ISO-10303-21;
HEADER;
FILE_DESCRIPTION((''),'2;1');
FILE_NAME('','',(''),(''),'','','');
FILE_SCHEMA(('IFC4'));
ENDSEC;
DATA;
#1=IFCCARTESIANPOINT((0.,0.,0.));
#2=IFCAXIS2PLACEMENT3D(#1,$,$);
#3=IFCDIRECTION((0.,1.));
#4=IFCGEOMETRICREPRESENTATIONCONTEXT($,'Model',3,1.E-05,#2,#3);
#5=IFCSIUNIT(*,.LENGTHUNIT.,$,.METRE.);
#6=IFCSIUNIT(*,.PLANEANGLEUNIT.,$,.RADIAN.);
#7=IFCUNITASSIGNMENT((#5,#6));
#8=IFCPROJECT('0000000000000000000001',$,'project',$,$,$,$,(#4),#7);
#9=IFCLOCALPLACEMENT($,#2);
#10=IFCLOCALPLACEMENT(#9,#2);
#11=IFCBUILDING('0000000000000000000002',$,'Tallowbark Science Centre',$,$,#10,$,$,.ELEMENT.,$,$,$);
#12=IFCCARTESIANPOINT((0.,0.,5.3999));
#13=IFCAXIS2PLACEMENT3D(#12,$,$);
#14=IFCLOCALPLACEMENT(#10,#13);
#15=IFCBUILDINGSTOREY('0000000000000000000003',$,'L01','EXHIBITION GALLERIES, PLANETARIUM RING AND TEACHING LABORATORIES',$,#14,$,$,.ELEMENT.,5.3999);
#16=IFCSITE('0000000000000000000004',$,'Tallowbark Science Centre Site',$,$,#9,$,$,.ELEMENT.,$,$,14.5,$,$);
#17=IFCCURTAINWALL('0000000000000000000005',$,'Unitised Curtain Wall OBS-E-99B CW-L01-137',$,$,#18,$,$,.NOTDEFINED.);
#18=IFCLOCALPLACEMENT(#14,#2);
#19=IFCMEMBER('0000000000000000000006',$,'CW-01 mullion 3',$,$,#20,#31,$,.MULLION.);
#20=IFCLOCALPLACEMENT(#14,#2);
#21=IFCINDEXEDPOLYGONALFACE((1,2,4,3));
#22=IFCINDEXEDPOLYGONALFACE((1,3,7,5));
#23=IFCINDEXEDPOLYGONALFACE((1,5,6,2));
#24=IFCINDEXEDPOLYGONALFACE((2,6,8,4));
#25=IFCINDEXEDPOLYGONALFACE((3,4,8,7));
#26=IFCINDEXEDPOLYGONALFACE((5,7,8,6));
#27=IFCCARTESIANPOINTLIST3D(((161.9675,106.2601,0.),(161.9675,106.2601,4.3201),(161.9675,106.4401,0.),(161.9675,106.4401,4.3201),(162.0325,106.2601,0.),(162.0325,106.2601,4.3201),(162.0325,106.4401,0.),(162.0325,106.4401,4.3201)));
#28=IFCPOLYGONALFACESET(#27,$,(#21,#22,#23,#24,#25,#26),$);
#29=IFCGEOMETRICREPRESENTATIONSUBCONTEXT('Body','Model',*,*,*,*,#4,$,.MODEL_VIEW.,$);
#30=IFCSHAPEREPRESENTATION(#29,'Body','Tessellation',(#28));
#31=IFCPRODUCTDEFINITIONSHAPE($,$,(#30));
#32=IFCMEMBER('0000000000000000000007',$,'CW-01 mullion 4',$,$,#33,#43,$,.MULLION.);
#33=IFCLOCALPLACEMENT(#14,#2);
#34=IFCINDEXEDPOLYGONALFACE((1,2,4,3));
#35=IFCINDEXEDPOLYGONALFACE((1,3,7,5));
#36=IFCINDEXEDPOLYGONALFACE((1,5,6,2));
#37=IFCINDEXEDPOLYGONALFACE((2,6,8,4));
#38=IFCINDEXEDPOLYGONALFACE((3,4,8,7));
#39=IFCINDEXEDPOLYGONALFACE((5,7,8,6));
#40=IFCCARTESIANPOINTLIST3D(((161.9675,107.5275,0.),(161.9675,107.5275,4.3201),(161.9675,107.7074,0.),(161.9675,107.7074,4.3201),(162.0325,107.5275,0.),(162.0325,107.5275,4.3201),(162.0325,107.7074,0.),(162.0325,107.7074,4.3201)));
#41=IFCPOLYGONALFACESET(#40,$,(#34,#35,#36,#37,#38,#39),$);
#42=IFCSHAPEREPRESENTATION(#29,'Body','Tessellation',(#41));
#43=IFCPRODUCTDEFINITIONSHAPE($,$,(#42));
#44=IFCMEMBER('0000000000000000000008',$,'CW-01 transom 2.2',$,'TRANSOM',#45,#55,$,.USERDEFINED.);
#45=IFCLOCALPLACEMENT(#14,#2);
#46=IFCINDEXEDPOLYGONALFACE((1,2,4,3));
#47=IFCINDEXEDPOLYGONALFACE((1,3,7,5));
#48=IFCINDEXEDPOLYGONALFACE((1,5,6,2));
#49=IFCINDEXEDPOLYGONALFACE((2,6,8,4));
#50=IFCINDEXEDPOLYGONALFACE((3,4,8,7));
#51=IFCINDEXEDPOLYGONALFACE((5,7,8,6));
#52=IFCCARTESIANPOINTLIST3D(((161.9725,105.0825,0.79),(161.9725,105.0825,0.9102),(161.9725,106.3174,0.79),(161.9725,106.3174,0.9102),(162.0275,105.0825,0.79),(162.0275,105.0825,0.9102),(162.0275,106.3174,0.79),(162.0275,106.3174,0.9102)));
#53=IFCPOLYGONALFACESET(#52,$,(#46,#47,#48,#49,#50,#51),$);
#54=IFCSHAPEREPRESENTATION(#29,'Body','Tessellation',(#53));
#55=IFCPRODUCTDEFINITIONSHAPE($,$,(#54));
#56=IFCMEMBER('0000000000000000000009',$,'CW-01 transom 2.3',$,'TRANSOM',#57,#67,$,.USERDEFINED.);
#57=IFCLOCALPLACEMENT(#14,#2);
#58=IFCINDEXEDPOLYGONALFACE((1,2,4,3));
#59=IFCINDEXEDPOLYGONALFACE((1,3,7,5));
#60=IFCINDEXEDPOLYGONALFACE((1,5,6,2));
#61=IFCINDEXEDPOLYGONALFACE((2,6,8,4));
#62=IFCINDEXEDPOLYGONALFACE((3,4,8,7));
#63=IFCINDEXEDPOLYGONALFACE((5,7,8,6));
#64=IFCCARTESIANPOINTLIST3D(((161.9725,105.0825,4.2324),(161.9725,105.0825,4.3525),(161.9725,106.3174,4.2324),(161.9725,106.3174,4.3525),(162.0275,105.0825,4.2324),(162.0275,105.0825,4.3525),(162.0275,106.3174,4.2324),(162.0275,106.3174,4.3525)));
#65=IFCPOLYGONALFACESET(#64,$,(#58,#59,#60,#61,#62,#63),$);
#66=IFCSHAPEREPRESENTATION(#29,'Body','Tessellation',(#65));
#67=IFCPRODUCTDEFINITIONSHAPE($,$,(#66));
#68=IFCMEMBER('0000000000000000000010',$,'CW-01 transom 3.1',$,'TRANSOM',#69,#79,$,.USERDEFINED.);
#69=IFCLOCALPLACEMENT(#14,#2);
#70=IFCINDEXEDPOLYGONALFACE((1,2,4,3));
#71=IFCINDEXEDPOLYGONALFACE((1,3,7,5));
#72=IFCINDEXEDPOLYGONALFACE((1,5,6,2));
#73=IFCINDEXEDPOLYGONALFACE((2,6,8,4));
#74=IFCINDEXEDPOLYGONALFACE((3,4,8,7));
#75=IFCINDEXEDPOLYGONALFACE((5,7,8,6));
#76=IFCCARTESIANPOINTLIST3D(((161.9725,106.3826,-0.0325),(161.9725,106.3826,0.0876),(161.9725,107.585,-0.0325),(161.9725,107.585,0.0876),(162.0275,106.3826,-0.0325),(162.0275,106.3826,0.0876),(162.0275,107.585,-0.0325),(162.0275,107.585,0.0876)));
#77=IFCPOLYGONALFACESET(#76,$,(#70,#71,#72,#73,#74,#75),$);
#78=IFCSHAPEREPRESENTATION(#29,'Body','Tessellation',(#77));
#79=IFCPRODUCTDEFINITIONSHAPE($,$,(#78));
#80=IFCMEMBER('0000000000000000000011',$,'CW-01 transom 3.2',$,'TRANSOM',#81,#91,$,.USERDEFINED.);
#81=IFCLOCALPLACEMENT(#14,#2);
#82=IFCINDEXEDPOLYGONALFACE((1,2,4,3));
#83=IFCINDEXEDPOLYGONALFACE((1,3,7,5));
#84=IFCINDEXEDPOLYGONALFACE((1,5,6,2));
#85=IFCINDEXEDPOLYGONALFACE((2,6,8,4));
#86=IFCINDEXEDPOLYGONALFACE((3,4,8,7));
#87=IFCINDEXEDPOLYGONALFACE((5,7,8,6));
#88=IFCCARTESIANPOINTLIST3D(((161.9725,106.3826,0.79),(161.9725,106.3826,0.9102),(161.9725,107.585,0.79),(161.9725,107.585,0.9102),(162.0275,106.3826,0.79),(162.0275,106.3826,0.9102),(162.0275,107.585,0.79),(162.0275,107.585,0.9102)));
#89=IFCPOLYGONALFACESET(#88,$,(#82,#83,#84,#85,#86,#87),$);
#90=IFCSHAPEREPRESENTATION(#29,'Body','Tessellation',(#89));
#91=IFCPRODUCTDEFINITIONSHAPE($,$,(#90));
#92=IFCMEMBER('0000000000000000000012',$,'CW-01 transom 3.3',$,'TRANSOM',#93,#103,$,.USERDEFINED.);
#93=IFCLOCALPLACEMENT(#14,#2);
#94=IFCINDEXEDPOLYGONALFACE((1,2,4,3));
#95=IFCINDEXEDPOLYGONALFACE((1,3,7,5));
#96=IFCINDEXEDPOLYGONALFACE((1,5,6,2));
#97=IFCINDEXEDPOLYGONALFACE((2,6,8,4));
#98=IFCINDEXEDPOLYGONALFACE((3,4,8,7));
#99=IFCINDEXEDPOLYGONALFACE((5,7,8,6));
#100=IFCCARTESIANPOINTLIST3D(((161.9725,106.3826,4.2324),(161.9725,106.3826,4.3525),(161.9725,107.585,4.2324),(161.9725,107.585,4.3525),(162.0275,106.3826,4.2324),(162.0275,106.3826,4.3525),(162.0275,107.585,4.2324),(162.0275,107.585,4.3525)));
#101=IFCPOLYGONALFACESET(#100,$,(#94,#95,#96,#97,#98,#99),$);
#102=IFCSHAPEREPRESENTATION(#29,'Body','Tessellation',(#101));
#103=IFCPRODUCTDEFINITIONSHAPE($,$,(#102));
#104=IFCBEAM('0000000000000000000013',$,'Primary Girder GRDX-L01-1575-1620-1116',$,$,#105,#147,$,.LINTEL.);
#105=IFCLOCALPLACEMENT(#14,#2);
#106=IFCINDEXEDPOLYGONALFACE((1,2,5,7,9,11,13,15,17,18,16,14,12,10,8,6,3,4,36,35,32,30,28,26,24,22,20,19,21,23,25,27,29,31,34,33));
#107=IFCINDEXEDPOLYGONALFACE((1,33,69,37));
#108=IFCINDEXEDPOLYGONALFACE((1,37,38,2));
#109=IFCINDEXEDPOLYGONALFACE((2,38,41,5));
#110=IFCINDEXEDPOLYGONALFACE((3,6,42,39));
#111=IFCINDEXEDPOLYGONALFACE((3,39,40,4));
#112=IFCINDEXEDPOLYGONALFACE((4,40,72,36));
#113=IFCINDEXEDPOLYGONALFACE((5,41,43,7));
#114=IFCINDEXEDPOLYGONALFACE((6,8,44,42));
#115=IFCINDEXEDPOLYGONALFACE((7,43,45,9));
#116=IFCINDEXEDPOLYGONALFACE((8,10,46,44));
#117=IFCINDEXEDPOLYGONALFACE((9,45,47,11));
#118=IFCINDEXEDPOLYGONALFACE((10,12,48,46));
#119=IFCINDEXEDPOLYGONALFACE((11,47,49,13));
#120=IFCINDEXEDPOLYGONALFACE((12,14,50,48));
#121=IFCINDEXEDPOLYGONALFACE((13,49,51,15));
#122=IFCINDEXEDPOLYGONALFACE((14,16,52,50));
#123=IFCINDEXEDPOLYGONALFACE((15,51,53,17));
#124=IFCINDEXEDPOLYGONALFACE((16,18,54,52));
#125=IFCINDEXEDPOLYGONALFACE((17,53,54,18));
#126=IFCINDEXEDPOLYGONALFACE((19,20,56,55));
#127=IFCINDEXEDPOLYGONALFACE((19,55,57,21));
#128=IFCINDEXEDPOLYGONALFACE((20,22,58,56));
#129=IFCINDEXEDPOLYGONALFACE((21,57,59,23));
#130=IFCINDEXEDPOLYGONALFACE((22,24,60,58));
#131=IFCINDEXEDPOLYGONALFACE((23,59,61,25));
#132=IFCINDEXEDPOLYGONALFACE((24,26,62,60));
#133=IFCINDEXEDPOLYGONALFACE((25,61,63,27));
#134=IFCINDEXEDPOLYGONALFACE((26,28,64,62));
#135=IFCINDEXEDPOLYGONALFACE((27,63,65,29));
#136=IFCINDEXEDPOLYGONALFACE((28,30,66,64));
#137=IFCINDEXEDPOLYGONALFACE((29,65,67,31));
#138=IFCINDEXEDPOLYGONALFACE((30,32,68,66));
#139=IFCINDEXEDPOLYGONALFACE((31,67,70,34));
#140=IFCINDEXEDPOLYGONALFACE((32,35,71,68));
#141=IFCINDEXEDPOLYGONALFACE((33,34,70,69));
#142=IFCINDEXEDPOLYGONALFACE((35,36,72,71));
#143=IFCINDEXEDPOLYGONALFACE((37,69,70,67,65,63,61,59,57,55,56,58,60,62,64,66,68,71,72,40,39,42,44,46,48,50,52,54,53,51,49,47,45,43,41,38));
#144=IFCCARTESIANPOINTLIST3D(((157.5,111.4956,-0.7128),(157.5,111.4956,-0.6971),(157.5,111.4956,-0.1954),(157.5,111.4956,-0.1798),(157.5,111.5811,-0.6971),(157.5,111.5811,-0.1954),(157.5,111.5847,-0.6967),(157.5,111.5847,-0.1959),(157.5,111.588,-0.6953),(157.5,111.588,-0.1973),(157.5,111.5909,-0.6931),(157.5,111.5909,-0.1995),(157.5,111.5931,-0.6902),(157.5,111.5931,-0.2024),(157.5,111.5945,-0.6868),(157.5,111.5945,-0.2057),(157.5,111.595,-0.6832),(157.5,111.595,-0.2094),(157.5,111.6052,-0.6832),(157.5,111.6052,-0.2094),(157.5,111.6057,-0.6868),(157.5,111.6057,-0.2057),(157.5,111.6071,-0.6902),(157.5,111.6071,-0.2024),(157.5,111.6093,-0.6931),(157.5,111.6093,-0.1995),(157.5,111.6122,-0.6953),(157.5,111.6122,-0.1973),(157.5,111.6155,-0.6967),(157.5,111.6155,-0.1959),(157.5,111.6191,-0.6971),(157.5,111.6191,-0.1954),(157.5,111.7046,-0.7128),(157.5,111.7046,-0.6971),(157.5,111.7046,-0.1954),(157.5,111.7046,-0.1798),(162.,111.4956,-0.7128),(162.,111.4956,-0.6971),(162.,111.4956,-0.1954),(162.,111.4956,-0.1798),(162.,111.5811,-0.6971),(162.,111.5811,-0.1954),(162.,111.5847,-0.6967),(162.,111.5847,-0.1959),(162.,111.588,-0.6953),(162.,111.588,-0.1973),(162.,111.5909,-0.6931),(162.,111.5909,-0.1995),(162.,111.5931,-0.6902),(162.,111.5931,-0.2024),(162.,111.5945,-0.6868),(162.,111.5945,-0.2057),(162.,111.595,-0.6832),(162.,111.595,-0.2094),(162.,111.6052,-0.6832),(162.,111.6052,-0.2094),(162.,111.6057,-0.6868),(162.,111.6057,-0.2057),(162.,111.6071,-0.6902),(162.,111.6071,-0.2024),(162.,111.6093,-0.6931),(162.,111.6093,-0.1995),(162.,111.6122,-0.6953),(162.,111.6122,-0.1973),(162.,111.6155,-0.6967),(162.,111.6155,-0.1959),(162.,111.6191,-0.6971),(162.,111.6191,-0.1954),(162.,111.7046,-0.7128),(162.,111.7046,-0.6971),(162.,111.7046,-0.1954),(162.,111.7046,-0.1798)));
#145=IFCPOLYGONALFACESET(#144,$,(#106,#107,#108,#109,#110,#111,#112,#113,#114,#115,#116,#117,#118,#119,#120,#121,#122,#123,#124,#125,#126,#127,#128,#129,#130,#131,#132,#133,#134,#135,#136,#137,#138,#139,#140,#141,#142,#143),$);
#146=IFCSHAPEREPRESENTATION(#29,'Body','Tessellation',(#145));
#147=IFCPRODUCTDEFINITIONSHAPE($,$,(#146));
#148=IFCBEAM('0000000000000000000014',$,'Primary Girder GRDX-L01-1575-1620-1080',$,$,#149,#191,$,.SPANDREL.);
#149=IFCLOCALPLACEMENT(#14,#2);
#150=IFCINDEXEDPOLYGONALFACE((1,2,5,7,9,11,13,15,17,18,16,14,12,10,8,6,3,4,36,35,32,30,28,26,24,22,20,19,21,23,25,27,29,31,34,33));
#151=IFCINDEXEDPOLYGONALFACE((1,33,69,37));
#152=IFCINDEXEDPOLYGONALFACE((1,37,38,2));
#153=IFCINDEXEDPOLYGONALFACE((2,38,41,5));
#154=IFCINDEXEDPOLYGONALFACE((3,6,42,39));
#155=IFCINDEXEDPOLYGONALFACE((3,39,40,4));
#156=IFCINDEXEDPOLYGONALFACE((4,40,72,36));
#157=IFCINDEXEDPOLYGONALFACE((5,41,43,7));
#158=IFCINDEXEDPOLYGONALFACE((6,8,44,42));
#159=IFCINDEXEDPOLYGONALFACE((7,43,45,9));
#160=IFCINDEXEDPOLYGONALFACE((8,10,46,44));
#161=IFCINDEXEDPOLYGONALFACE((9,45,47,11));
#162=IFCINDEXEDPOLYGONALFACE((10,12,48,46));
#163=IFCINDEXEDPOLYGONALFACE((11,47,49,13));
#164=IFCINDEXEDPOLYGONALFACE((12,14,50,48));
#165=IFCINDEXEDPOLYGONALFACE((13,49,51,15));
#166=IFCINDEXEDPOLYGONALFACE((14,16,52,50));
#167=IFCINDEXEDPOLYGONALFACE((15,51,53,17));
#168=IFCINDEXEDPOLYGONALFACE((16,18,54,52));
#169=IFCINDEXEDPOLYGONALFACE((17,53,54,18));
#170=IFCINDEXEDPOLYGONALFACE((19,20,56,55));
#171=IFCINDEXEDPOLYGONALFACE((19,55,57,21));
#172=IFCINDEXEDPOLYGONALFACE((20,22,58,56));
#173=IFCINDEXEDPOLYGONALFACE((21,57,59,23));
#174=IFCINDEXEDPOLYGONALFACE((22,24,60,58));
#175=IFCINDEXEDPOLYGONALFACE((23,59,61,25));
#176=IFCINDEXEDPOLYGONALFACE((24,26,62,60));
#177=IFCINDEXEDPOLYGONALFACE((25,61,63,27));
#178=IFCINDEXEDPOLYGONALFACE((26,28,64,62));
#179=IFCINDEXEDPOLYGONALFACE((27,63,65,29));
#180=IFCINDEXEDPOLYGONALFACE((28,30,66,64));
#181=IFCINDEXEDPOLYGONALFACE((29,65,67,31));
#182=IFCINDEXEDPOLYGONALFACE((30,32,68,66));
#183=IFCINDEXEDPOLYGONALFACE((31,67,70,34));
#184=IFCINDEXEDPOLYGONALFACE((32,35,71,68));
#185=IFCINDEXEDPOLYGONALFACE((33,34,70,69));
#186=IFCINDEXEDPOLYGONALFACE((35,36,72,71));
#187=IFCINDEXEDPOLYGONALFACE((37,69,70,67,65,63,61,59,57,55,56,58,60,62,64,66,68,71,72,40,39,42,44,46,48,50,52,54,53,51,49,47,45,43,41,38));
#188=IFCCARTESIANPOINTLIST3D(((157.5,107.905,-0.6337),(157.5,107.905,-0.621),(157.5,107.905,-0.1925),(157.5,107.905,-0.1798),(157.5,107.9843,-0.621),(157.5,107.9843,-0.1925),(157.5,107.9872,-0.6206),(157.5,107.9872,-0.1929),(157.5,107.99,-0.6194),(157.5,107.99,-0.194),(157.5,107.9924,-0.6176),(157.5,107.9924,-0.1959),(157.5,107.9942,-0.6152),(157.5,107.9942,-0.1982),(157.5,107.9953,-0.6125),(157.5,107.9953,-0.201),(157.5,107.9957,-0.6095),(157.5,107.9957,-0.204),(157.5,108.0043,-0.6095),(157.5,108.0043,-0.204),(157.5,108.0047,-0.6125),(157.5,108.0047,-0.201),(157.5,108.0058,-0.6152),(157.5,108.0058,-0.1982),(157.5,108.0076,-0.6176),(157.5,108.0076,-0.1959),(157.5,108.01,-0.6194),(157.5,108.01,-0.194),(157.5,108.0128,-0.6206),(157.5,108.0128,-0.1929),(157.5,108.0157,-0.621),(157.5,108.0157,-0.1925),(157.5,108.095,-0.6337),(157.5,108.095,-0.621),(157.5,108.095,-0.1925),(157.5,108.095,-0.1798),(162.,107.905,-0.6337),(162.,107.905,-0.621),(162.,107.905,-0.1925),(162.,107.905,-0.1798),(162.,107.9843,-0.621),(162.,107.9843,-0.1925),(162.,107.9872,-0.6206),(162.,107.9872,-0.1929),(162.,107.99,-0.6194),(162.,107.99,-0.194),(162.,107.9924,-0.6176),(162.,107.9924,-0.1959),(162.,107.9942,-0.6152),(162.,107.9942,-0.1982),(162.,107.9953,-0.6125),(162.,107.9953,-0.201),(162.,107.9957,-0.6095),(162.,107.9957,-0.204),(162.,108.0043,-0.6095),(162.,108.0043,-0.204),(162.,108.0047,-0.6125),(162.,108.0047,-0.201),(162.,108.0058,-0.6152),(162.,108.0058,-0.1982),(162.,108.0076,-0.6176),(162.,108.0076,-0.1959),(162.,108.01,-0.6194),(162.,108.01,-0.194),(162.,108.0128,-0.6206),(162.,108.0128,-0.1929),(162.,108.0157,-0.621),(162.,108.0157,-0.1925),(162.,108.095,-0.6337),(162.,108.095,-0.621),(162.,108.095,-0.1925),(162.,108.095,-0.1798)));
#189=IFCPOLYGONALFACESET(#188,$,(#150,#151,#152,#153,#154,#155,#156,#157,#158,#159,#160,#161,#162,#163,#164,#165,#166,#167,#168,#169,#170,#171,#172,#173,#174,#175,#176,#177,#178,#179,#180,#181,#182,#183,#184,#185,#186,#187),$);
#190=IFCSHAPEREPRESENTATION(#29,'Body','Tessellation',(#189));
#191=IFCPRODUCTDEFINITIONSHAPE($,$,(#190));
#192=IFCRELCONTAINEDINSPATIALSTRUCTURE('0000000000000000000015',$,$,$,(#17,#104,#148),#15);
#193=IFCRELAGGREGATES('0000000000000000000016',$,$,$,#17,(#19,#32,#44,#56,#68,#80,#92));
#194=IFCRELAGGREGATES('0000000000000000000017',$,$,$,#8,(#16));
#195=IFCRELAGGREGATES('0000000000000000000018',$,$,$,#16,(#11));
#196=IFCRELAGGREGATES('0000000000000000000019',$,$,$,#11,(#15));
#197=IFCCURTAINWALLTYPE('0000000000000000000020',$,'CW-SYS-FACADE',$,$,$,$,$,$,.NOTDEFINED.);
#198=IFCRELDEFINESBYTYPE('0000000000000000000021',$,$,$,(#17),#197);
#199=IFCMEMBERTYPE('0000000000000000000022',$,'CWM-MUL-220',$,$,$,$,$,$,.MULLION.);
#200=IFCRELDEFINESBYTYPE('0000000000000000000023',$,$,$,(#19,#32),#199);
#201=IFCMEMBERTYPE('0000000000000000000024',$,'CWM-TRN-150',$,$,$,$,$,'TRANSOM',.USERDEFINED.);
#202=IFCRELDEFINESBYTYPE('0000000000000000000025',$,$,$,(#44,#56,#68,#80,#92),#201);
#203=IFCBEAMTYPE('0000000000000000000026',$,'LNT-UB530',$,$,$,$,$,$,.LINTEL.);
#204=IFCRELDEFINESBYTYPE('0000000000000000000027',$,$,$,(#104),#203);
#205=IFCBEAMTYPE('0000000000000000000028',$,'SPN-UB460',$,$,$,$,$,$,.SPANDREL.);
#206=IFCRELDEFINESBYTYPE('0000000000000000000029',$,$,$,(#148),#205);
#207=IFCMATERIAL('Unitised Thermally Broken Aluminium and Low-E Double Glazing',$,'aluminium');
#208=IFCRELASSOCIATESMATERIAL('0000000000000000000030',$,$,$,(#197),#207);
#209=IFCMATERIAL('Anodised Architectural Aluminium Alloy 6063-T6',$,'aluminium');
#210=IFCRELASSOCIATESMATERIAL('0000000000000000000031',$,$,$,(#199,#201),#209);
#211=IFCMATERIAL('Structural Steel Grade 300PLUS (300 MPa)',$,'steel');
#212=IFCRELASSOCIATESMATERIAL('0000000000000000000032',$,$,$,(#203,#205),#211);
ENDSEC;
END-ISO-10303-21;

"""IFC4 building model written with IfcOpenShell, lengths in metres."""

from ifc_helpers import new_model, si_unit, direction, frame, origin, origin_2d, place, context, subcontext, project, spatial, rectangle, i_section, extrude, material, material_profile, profile_set, type_object, element, aggregate, save


model = new_model("IFC4")

# Units and contexts
model_context = context("Model", 3, precision=1e-05, world=origin(), true_north=direction((0.0, 1.0)))
body_context = subcontext(model_context, "Body", "Model", "MODEL_VIEW")
ifc_project = project(units=[si_unit("LENGTHUNIT", "METRE"), si_unit("PLANEANGLEUNIT", "RADIAN")], contexts=[model_context])

# Site, building, storey
site_placement = place(None, origin())
site = spatial("IfcSite", under=ifc_project, at=site_placement, Name="Tallowbark Science Centre Site", CompositionType="ELEMENT", RefElevation=14.5)
building_placement = place(site_placement, origin())
building = spatial("IfcBuilding", under=site, at=building_placement, Name="Tallowbark Science Centre", CompositionType="ELEMENT")
storey_placement = place(building_placement, frame((0.0, 0.0, 5.3999)))
storey = spatial("IfcBuildingStorey", under=building, at=storey_placement, Name="L01", Description="EXHIBITION GALLERIES, PLANETARIUM RING AND TEACHING LABORATORIES", CompositionType="ELEMENT", Elevation=5.3999)

# Shared definitions
ifc_material_1 = material(Name="Structural Steel Grade 300PLUS (300 MPa)", Category="steel")

# Curtain wall, members
ifc_material_2 = material(Name="Unitised Thermally Broken Aluminium and Low-E Double Glazing", Category="aluminium")
curtain_wall_type = type_object("IfcCurtainWallType", Name="CW-SYS-FACADE", PredefinedType="NOTDEFINED", material=ifc_material_2)
curtain_wall_placement = place(storey_placement, origin())
curtain_wall = element("IfcCurtainWall", 1, at=curtain_wall_placement, inside=storey, type_object=curtain_wall_type, Name="Unitised Curtain Wall OBS-E-99B CW-L01-137", PredefinedType="NOTDEFINED")
ifc_material_3 = material(Name="Anodised Architectural Aluminium Alloy 6063-T6", Category="aluminium")
ifc_material_profile_1 = material_profile(ifc_material_3, rectangle(XDim=0.0649, YDim=0.1799, at=origin_2d()), Name="ALU65x180")
ifc_profile_set_1 = profile_set([ifc_material_profile_1], Name="Anodised Architectural Aluminium Alloy 6063-T6")
member_type_1 = type_object("IfcMemberType", Name="CWM-MUL-220", PredefinedType="MULLION", material=ifc_profile_set_1)
member_1_placement = place(storey_placement, frame((162.0, 106.3501, 0.0), z_axis=(0.0, 0.0, 1.0), x_axis=(-1.0, 0.0, 0.0)))
member_1 = element("IfcMember", 2, at=member_1_placement, type_object=member_type_1, Name="CW-01 mullion 3", PredefinedType="MULLION", context=body_context, shape_type="SweptSolid", body=[
    extrude(rectangle(XDim=0.0649, YDim=0.1799, at=origin_2d()), origin(), (0.0, 0.0, 1.0), 4.3201),
])
member_2_placement = place(storey_placement, frame((162.0, 107.6174, 0.0), z_axis=(0.0, 0.0, 1.0), x_axis=(-1.0, 0.0, 0.0)))
member_2 = element("IfcMember", 3, at=member_2_placement, type_object=member_type_1, Name="CW-01 mullion 4", PredefinedType="MULLION", context=body_context, shape_type="SweptSolid", body=[
    extrude(rectangle(XDim=0.0649, YDim=0.1799, at=origin_2d()), origin(), (0.0, 0.0, 1.0), 4.3201),
])
ifc_material_profile_2 = material_profile(ifc_material_3, rectangle(XDim=0.0549, YDim=0.1201, at=origin_2d()), Name="ALU55x120")
ifc_profile_set_2 = profile_set([ifc_material_profile_2], Name="Anodised Architectural Aluminium Alloy 6063-T6")
member_type_2 = type_object("IfcMemberType", Name="CWM-TRN-150", ElementType="TRANSOM", PredefinedType="USERDEFINED", material=ifc_profile_set_2)
member_3_placement = place(storey_placement, frame((162.0, 105.0825, 0.8501), z_axis=(0.0, 1.0, 0.0), x_axis=(-1.0, 0.0, 0.0)))
member_3 = element("IfcMember", 4, at=member_3_placement, type_object=member_type_2, Name="CW-01 transom 2.2", ObjectType="TRANSOM", PredefinedType="USERDEFINED", context=body_context, shape_type="SweptSolid", body=[
    extrude(rectangle(XDim=0.0549, YDim=0.1201, at=origin_2d()), origin(), (0.0, 0.0, 1.0), 1.2349),
])
member_4_placement = place(storey_placement, frame((162.0, 105.0825, 4.2925), z_axis=(0.0, 1.0, 0.0), x_axis=(-1.0, 0.0, 0.0)))
member_4 = element("IfcMember", 5, at=member_4_placement, type_object=member_type_2, Name="CW-01 transom 2.3", ObjectType="TRANSOM", PredefinedType="USERDEFINED", context=body_context, shape_type="SweptSolid", body=[
    extrude(rectangle(XDim=0.0549, YDim=0.1201, at=origin_2d()), origin(), (0.0, 0.0, 1.0), 1.2349),
])
member_5_placement = place(storey_placement, frame((162.0, 106.3826, 0.0276), z_axis=(0.0, 1.0, 0.0), x_axis=(-1.0, 0.0, 0.0)))
member_5 = element("IfcMember", 6, at=member_5_placement, type_object=member_type_2, Name="CW-01 transom 3.1", ObjectType="TRANSOM", PredefinedType="USERDEFINED", context=body_context, shape_type="SweptSolid", body=[
    extrude(rectangle(XDim=0.0549, YDim=0.1201, at=origin_2d()), origin(), (0.0, 0.0, 1.0), 1.2024),
])
member_6_placement = place(storey_placement, frame((162.0, 106.3826, 0.8501), z_axis=(0.0, 1.0, 0.0), x_axis=(-1.0, 0.0, 0.0)))
member_6 = element("IfcMember", 7, at=member_6_placement, type_object=member_type_2, Name="CW-01 transom 3.2", ObjectType="TRANSOM", PredefinedType="USERDEFINED", context=body_context, shape_type="SweptSolid", body=[
    extrude(rectangle(XDim=0.0549, YDim=0.1201, at=origin_2d()), origin(), (0.0, 0.0, 1.0), 1.2024),
])
member_7_placement = place(storey_placement, frame((162.0, 106.3826, 4.2925), z_axis=(0.0, 1.0, 0.0), x_axis=(-1.0, 0.0, 0.0)))
member_7 = element("IfcMember", 8, at=member_7_placement, type_object=member_type_2, Name="CW-01 transom 3.3", ObjectType="TRANSOM", PredefinedType="USERDEFINED", context=body_context, shape_type="SweptSolid", body=[
    extrude(rectangle(XDim=0.0549, YDim=0.1201, at=origin_2d()), origin(), (0.0, 0.0, 1.0), 1.2024),
])

# Beams
ifc_material_profile_3 = material_profile(ifc_material_1, i_section(OverallWidth=0.209, OverallDepth=0.533, WebThickness=0.0103, FlangeThickness=0.0156, FilletRadius=0.0139, at=origin_2d()), Name="530UB92.4")
ifc_profile_set_3 = profile_set([ifc_material_profile_3], Name="Structural Steel Grade 300PLUS (300 MPa)")
beam_type_1 = type_object("IfcBeamType", Name="LNT-UB530", PredefinedType="LINTEL", material=ifc_profile_set_3)
beam_1_placement = place(storey_placement, frame((157.5, 111.6001, -0.4463), z_axis=(1.0, 0.0, 0.0), x_axis=(0.0, 1.0, 0.0)))
element("IfcBeam", 9, at=beam_1_placement, inside=storey, type_object=beam_type_1, Name="Primary Girder GRDX-L01-1575-1620-1116", PredefinedType="LINTEL", context=body_context, shape_type="SweptSolid", body=[
    extrude(i_section(OverallWidth=0.209, OverallDepth=0.533, WebThickness=0.0103, FlangeThickness=0.0156, FilletRadius=0.0139, at=origin_2d()), origin(), (0.0, 0.0, 1.0), 4.5),
])
ifc_material_profile_4 = material_profile(ifc_material_1, i_section(OverallWidth=0.1899, OverallDepth=0.4539, WebThickness=0.0085, FlangeThickness=0.0127, FilletRadius=0.0115, at=origin_2d()), Name="460UB67.1")
ifc_profile_set_4 = profile_set([ifc_material_profile_4], Name="Structural Steel Grade 300PLUS (300 MPa)")
beam_type_2 = type_object("IfcBeamType", Name="SPN-UB460", PredefinedType="SPANDREL", material=ifc_profile_set_4)
beam_2_placement = place(storey_placement, frame((157.5, 108.0, -0.4067), z_axis=(1.0, 0.0, 0.0), x_axis=(0.0, 1.0, 0.0)))
element("IfcBeam", 10, at=beam_2_placement, inside=storey, type_object=beam_type_2, Name="Primary Girder GRDX-L01-1575-1620-1080", PredefinedType="SPANDREL", context=body_context, shape_type="SweptSolid", body=[
    extrude(i_section(OverallWidth=0.1899, OverallDepth=0.4539, WebThickness=0.0085, FlangeThickness=0.0127, FilletRadius=0.0115, at=origin_2d()), origin(), (0.0, 0.0, 1.0), 4.5),
])

aggregate(curtain_wall, [member_1, member_2, member_3, member_4, member_5, member_6, member_7])

save(model, "model.ifc")
